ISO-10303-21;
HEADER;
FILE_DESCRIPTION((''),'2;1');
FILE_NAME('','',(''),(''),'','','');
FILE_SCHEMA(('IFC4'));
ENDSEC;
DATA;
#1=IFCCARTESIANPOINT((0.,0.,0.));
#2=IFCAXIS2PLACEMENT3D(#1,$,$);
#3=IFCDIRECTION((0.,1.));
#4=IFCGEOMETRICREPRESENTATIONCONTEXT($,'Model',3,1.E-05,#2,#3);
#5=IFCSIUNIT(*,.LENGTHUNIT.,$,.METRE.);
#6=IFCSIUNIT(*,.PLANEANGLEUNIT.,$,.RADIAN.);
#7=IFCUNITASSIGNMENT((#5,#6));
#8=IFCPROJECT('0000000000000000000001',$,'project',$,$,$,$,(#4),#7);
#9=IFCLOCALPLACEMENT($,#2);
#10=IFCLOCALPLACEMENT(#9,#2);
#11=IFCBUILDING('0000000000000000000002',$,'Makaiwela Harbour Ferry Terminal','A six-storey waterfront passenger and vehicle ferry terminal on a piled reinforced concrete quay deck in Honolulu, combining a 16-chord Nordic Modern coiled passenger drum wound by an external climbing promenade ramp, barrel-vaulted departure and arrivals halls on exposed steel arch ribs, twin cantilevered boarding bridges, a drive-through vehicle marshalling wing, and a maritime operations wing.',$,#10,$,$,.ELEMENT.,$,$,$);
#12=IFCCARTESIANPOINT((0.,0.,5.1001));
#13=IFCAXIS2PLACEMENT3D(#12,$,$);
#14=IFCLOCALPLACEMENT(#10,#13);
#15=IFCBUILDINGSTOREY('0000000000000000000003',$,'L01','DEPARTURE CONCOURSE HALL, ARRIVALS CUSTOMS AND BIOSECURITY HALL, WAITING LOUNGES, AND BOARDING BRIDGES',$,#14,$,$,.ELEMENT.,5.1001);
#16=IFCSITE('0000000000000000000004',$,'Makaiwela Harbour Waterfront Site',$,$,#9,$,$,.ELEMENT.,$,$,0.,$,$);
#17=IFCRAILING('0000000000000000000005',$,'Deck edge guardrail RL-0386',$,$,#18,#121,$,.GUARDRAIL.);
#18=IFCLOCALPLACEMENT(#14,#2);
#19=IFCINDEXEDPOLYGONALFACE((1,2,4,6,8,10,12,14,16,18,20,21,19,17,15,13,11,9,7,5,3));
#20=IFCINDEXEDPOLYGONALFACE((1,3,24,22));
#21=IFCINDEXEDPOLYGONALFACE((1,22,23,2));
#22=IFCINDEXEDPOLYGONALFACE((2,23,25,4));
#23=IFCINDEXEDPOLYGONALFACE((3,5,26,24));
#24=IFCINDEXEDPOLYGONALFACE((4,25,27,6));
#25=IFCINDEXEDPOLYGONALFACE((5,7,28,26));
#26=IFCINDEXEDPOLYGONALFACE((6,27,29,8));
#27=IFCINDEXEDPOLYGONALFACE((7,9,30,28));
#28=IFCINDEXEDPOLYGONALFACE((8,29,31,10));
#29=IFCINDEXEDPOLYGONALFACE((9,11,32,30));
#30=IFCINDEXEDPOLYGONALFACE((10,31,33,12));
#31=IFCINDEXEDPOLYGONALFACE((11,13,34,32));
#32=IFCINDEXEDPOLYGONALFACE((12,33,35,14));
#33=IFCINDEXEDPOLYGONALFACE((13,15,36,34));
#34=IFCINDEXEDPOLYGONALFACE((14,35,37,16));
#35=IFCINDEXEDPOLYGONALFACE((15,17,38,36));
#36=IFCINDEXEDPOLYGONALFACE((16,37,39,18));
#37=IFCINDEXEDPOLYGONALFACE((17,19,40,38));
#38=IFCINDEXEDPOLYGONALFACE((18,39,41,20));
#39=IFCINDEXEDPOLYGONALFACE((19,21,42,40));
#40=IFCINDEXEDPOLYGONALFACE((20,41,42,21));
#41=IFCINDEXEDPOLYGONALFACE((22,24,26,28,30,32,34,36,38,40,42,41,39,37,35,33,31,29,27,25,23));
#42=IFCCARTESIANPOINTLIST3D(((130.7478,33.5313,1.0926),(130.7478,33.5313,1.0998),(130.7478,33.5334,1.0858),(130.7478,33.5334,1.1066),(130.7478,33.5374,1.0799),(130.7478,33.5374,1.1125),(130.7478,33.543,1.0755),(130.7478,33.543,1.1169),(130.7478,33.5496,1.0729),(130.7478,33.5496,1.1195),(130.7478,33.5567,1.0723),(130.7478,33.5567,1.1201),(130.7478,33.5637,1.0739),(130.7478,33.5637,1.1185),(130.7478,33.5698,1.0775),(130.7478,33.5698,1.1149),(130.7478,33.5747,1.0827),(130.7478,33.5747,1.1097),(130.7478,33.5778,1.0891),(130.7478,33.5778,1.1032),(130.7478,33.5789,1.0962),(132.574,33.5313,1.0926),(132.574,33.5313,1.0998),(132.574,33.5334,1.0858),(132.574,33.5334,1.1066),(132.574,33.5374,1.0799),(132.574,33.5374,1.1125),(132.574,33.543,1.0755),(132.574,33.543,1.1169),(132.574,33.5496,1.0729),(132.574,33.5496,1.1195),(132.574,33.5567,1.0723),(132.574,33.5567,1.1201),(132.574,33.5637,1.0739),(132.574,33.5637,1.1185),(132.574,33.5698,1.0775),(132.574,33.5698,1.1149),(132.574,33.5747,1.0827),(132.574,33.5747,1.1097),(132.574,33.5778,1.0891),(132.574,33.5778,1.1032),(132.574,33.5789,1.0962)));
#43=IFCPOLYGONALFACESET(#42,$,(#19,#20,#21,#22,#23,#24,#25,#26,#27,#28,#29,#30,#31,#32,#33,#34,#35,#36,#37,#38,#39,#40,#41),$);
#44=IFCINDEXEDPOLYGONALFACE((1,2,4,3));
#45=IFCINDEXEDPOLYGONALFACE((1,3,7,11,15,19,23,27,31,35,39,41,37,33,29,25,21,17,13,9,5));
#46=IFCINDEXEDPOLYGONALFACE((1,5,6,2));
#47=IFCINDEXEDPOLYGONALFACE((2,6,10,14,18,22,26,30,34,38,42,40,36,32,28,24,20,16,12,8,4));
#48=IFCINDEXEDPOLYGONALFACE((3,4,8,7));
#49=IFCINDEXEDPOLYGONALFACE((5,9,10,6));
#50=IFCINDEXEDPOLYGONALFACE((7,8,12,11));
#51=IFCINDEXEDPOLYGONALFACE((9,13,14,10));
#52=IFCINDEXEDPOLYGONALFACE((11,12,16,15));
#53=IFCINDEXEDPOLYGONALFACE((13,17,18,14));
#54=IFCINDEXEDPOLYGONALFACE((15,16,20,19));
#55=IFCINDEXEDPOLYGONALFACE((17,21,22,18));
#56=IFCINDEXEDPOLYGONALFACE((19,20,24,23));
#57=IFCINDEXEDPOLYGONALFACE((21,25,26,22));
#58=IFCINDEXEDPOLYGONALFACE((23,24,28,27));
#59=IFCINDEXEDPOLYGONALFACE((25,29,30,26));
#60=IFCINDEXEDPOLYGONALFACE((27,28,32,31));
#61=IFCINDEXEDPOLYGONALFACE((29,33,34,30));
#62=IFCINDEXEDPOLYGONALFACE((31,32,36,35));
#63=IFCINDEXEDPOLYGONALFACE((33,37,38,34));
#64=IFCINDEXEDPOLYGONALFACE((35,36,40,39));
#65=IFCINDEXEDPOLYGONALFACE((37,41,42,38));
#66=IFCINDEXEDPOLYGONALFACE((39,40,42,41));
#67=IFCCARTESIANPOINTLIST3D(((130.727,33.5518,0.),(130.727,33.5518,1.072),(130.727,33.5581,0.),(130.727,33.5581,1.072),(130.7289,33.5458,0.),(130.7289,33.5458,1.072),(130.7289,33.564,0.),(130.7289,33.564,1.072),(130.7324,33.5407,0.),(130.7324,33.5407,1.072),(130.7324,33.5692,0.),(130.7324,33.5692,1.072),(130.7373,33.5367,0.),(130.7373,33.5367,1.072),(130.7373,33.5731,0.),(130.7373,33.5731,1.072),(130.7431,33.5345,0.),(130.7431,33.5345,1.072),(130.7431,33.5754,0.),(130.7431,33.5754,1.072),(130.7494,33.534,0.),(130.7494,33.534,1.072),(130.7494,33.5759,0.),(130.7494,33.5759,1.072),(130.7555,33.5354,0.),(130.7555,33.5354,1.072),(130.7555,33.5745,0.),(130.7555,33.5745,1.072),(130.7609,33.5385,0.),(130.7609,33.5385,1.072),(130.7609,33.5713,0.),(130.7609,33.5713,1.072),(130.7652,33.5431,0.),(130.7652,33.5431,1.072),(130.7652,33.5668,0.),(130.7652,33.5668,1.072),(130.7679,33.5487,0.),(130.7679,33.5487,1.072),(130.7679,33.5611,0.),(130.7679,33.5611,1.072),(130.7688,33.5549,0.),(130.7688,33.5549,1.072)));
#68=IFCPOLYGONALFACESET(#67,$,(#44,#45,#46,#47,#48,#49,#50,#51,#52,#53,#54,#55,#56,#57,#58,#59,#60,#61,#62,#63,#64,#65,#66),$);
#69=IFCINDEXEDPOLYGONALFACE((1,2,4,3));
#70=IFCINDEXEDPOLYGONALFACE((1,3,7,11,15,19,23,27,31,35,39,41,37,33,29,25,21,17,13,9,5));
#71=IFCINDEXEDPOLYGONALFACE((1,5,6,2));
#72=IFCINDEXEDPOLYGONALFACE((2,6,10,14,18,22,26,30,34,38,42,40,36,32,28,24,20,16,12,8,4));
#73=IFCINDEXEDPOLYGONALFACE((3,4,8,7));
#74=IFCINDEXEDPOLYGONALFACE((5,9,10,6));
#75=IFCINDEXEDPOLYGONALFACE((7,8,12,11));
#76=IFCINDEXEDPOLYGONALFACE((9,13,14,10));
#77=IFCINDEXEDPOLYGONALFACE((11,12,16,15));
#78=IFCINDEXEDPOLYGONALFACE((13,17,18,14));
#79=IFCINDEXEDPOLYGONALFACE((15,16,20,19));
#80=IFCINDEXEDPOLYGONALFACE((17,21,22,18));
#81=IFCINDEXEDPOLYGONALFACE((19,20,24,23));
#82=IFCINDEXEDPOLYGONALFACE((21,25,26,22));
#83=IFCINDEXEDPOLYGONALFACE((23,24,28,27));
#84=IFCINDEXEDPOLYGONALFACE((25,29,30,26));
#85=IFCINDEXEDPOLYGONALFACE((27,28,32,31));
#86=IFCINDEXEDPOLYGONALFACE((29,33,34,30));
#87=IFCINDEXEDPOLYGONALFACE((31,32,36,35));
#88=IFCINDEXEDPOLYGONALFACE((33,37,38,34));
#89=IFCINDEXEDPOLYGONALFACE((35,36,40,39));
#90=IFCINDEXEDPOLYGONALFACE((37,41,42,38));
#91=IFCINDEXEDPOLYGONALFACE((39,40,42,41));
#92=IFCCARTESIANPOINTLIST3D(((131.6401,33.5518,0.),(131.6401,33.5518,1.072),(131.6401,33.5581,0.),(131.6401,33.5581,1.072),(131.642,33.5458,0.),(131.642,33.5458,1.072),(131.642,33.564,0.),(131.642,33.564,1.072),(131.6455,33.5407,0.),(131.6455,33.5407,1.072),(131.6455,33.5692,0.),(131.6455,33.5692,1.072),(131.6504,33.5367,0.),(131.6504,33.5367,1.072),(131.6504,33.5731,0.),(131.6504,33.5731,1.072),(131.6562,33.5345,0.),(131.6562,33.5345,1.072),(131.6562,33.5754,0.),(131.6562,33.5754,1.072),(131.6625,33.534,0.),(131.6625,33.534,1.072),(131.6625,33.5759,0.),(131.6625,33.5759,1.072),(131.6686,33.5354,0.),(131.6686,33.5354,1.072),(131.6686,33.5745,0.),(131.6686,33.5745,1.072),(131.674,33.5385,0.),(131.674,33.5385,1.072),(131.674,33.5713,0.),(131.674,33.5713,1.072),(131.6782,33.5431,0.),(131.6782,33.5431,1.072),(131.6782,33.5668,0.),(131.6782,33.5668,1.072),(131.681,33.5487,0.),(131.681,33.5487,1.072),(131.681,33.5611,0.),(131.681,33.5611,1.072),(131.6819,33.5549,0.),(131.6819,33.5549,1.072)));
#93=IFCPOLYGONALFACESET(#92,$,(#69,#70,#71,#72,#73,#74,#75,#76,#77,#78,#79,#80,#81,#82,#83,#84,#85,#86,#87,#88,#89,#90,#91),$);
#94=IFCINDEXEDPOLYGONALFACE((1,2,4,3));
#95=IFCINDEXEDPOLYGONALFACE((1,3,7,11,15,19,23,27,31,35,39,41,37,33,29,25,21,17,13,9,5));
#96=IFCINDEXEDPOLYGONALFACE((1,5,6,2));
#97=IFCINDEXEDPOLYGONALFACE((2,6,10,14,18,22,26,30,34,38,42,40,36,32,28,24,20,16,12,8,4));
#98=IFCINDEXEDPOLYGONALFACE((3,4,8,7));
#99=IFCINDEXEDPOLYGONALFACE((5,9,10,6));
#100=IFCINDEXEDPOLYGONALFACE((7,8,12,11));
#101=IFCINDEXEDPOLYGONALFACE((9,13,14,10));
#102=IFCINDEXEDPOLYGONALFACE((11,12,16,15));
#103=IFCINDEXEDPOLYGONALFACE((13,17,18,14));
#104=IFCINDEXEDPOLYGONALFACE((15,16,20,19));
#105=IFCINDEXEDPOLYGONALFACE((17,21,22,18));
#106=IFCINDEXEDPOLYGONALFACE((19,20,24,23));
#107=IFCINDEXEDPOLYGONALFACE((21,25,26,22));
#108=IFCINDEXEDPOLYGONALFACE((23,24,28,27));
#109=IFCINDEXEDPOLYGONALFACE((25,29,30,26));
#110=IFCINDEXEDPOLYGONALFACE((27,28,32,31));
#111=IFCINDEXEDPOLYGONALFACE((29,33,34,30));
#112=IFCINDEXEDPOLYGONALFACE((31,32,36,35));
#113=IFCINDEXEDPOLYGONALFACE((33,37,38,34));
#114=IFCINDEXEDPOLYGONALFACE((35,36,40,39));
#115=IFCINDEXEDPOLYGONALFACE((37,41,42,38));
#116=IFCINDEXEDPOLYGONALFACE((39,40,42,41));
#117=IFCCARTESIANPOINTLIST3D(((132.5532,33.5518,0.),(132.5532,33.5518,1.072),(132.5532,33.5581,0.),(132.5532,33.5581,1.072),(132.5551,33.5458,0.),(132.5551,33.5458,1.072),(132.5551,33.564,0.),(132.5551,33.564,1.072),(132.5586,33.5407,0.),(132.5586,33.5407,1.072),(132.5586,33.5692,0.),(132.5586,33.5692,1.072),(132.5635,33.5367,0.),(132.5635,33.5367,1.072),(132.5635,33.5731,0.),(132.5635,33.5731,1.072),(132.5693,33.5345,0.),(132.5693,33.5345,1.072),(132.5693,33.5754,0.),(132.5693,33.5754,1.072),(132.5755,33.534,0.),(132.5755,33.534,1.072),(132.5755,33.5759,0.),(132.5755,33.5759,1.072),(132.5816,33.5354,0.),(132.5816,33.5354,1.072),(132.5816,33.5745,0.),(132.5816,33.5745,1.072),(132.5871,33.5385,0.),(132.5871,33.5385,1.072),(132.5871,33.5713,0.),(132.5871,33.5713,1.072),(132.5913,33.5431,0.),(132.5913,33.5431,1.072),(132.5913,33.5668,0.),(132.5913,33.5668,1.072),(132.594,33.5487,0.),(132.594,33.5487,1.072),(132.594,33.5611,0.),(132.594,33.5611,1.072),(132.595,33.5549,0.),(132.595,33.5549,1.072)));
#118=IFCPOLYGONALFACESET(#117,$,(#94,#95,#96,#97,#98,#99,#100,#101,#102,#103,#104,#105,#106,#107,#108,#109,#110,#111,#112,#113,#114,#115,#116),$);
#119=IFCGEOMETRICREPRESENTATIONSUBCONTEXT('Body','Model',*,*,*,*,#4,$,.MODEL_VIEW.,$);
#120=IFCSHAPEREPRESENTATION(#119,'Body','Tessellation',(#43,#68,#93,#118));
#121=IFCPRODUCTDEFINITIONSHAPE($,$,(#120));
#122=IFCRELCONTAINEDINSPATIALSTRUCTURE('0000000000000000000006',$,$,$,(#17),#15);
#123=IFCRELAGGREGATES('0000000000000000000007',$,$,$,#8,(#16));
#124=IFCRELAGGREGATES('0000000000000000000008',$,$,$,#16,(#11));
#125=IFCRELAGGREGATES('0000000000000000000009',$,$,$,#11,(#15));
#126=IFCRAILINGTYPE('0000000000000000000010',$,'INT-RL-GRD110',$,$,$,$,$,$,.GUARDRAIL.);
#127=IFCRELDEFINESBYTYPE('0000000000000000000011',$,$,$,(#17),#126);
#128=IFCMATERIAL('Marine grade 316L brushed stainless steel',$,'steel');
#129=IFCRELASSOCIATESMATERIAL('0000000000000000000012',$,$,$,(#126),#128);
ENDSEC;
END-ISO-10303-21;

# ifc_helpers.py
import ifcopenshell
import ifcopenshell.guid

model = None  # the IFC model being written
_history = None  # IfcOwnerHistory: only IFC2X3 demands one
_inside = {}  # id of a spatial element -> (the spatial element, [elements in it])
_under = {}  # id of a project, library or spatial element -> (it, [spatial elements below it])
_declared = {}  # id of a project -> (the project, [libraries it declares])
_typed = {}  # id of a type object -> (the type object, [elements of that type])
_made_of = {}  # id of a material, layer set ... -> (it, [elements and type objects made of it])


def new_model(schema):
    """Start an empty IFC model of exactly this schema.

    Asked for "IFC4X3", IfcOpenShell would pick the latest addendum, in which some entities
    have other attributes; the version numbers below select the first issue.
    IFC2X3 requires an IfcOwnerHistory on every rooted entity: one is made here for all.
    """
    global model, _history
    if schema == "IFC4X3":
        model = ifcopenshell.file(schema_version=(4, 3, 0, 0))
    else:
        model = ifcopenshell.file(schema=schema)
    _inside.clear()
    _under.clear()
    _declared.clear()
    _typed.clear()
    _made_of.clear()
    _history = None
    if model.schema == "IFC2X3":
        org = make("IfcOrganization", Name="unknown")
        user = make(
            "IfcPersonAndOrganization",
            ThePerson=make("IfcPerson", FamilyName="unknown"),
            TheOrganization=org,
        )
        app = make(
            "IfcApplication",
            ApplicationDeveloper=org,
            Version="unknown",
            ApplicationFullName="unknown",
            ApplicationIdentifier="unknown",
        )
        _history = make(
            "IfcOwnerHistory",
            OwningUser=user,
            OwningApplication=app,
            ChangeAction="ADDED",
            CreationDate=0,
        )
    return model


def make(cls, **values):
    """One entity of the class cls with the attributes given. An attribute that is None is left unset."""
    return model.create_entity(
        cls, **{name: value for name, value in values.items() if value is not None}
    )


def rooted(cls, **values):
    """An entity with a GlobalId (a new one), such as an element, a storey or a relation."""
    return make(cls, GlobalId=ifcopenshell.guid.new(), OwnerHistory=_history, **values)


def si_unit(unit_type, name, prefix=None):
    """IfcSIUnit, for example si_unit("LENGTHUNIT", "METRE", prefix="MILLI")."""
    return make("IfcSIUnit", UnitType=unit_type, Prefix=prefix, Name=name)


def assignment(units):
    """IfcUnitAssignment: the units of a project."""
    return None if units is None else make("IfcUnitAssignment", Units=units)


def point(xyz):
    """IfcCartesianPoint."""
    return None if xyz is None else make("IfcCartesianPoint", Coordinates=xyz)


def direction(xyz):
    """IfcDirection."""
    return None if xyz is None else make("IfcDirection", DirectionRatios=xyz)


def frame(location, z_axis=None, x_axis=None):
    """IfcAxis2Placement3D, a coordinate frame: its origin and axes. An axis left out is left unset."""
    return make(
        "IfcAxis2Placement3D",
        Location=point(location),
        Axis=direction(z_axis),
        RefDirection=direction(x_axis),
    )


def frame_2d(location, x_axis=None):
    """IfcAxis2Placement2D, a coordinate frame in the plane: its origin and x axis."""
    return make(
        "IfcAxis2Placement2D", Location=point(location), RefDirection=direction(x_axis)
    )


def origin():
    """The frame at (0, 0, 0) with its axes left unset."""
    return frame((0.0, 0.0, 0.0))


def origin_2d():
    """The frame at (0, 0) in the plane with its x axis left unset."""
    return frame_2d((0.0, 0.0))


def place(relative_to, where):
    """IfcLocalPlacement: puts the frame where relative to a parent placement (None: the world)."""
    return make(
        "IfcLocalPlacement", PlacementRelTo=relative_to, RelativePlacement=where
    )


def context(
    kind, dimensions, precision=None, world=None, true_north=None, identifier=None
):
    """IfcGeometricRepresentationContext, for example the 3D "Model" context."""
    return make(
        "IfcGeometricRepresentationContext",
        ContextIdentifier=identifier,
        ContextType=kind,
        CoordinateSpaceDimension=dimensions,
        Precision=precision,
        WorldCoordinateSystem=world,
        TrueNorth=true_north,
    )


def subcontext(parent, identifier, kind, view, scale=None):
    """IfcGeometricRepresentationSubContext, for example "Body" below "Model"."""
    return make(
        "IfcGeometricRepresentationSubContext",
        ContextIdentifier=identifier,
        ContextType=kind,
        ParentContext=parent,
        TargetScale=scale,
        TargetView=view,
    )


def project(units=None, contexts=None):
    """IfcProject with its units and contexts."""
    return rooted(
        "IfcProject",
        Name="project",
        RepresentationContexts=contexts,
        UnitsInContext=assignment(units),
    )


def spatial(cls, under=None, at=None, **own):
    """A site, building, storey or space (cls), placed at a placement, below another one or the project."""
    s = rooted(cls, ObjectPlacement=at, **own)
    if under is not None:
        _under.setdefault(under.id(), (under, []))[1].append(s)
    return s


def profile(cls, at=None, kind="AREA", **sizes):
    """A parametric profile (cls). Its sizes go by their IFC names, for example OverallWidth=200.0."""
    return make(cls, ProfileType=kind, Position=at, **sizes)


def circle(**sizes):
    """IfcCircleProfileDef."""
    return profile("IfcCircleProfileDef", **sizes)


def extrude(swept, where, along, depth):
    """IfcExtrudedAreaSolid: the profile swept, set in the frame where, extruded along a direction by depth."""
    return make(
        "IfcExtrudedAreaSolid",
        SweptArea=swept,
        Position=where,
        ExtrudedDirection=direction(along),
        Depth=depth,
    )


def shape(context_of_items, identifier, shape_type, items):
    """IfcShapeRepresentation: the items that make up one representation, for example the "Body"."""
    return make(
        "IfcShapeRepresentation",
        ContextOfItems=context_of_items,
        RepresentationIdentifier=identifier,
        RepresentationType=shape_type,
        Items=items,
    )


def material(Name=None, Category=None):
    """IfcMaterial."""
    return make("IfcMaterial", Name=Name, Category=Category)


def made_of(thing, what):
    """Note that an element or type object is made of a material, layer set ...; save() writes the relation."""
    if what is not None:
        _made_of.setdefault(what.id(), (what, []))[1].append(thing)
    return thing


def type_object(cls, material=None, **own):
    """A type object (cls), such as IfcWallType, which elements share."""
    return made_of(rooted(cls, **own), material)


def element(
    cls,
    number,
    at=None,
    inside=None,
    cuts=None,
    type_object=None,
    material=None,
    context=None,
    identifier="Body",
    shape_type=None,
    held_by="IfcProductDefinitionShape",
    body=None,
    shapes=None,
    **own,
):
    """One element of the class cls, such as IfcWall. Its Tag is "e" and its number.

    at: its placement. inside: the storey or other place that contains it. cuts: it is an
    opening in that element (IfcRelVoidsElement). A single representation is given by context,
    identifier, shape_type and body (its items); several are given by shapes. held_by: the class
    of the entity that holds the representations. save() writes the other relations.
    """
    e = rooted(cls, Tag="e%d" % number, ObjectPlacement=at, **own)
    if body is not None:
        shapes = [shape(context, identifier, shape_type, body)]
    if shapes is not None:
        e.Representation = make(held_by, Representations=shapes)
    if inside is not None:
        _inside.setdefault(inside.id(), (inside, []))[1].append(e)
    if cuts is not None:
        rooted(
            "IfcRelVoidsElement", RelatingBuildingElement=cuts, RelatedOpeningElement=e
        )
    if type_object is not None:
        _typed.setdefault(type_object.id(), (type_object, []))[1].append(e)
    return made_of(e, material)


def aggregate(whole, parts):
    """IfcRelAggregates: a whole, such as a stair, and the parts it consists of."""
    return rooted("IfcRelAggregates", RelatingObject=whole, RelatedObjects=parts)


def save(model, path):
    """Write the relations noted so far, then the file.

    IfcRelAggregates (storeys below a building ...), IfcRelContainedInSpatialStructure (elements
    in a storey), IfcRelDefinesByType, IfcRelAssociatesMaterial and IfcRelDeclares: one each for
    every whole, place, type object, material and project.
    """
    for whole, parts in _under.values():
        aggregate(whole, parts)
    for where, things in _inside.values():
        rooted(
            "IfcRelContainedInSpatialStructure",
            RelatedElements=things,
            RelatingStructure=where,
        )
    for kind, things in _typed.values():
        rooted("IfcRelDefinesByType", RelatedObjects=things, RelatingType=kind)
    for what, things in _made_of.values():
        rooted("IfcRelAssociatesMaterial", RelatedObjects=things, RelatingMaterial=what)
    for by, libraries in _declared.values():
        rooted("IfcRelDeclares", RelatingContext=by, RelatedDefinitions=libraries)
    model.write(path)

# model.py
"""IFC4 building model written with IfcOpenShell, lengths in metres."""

from ifc_helpers import new_model, si_unit, direction, frame, origin, origin_2d, place, context, subcontext, project, spatial, circle, extrude, material, type_object, element, save


model = new_model("IFC4")

# Units and contexts
model_context = context("Model", 3, precision=1e-05, world=origin(), true_north=direction((0.0, 1.0)))
body_context = subcontext(model_context, "Body", "Model", "MODEL_VIEW")
ifc_project = project(units=[si_unit("LENGTHUNIT", "METRE"), si_unit("PLANEANGLEUNIT", "RADIAN")], contexts=[model_context])

# Site, building, storey
site_placement = place(None, origin())
site = spatial("IfcSite", under=ifc_project, at=site_placement, Name="Makaiwela Harbour Waterfront Site", CompositionType="ELEMENT", RefElevation=0.0)
building_placement = place(site_placement, origin())
building = spatial("IfcBuilding", under=site, at=building_placement, Name="Makaiwela Harbour Ferry Terminal", Description="A six-storey waterfront passenger and vehicle ferry terminal on a piled reinforced concrete quay deck in Honolulu, combining a 16-chord Nordic Modern coiled passenger drum wound by an external climbing promenade ramp, barrel-vaulted departure and arrivals halls on exposed steel arch ribs, twin cantilevered boarding bridges, a drive-through vehicle marshalling wing, and a maritime operations wing.", CompositionType="ELEMENT")
storey_placement = place(building_placement, frame((0.0, 0.0, 5.1001)))
storey = spatial("IfcBuildingStorey", under=building, at=storey_placement, Name="L01", Description="DEPARTURE CONCOURSE HALL, ARRIVALS CUSTOMS AND BIOSECURITY HALL, WAITING LOUNGES, AND BOARDING BRIDGES", CompositionType="ELEMENT", Elevation=5.1001)

# Railing
ifc_material_1 = material(Name="Marine grade 316L brushed stainless steel", Category="steel")
railing_type = type_object("IfcRailingType", Name="INT-RL-GRD110", PredefinedType="GUARDRAIL", material=ifc_material_1)
railing_1_placement = place(storey_placement, frame((130.7478, 33.5549, 0.0)))
element("IfcRailing", 1, at=railing_1_placement, inside=storey, type_object=railing_type, Name="Deck edge guardrail RL-0386", PredefinedType="GUARDRAIL", context=body_context, shape_type="SweptSolid", body=[
    extrude(circle(Radius=0.0239, at=origin_2d()), frame((0.0, 0.0, 1.0962), z_axis=(1.0, 0.0, 0.0), x_axis=(0.0, 1.0, 0.0)), (0.0, 0.0, 1.0), 1.8262),
    extrude(circle(Radius=0.021, at=origin_2d()), origin(), (0.0, 0.0, 1.0), 1.072),
    extrude(circle(Radius=0.021, at=origin_2d()), frame((0.9131, 0.0, 0.0)), (0.0, 0.0, 1.0), 1.072),
    extrude(circle(Radius=0.021, at=origin_2d()), frame((1.8262, 0.0, 0.0)), (0.0, 0.0, 1.0), 1.072),
])

save(model, "model.ifc")
